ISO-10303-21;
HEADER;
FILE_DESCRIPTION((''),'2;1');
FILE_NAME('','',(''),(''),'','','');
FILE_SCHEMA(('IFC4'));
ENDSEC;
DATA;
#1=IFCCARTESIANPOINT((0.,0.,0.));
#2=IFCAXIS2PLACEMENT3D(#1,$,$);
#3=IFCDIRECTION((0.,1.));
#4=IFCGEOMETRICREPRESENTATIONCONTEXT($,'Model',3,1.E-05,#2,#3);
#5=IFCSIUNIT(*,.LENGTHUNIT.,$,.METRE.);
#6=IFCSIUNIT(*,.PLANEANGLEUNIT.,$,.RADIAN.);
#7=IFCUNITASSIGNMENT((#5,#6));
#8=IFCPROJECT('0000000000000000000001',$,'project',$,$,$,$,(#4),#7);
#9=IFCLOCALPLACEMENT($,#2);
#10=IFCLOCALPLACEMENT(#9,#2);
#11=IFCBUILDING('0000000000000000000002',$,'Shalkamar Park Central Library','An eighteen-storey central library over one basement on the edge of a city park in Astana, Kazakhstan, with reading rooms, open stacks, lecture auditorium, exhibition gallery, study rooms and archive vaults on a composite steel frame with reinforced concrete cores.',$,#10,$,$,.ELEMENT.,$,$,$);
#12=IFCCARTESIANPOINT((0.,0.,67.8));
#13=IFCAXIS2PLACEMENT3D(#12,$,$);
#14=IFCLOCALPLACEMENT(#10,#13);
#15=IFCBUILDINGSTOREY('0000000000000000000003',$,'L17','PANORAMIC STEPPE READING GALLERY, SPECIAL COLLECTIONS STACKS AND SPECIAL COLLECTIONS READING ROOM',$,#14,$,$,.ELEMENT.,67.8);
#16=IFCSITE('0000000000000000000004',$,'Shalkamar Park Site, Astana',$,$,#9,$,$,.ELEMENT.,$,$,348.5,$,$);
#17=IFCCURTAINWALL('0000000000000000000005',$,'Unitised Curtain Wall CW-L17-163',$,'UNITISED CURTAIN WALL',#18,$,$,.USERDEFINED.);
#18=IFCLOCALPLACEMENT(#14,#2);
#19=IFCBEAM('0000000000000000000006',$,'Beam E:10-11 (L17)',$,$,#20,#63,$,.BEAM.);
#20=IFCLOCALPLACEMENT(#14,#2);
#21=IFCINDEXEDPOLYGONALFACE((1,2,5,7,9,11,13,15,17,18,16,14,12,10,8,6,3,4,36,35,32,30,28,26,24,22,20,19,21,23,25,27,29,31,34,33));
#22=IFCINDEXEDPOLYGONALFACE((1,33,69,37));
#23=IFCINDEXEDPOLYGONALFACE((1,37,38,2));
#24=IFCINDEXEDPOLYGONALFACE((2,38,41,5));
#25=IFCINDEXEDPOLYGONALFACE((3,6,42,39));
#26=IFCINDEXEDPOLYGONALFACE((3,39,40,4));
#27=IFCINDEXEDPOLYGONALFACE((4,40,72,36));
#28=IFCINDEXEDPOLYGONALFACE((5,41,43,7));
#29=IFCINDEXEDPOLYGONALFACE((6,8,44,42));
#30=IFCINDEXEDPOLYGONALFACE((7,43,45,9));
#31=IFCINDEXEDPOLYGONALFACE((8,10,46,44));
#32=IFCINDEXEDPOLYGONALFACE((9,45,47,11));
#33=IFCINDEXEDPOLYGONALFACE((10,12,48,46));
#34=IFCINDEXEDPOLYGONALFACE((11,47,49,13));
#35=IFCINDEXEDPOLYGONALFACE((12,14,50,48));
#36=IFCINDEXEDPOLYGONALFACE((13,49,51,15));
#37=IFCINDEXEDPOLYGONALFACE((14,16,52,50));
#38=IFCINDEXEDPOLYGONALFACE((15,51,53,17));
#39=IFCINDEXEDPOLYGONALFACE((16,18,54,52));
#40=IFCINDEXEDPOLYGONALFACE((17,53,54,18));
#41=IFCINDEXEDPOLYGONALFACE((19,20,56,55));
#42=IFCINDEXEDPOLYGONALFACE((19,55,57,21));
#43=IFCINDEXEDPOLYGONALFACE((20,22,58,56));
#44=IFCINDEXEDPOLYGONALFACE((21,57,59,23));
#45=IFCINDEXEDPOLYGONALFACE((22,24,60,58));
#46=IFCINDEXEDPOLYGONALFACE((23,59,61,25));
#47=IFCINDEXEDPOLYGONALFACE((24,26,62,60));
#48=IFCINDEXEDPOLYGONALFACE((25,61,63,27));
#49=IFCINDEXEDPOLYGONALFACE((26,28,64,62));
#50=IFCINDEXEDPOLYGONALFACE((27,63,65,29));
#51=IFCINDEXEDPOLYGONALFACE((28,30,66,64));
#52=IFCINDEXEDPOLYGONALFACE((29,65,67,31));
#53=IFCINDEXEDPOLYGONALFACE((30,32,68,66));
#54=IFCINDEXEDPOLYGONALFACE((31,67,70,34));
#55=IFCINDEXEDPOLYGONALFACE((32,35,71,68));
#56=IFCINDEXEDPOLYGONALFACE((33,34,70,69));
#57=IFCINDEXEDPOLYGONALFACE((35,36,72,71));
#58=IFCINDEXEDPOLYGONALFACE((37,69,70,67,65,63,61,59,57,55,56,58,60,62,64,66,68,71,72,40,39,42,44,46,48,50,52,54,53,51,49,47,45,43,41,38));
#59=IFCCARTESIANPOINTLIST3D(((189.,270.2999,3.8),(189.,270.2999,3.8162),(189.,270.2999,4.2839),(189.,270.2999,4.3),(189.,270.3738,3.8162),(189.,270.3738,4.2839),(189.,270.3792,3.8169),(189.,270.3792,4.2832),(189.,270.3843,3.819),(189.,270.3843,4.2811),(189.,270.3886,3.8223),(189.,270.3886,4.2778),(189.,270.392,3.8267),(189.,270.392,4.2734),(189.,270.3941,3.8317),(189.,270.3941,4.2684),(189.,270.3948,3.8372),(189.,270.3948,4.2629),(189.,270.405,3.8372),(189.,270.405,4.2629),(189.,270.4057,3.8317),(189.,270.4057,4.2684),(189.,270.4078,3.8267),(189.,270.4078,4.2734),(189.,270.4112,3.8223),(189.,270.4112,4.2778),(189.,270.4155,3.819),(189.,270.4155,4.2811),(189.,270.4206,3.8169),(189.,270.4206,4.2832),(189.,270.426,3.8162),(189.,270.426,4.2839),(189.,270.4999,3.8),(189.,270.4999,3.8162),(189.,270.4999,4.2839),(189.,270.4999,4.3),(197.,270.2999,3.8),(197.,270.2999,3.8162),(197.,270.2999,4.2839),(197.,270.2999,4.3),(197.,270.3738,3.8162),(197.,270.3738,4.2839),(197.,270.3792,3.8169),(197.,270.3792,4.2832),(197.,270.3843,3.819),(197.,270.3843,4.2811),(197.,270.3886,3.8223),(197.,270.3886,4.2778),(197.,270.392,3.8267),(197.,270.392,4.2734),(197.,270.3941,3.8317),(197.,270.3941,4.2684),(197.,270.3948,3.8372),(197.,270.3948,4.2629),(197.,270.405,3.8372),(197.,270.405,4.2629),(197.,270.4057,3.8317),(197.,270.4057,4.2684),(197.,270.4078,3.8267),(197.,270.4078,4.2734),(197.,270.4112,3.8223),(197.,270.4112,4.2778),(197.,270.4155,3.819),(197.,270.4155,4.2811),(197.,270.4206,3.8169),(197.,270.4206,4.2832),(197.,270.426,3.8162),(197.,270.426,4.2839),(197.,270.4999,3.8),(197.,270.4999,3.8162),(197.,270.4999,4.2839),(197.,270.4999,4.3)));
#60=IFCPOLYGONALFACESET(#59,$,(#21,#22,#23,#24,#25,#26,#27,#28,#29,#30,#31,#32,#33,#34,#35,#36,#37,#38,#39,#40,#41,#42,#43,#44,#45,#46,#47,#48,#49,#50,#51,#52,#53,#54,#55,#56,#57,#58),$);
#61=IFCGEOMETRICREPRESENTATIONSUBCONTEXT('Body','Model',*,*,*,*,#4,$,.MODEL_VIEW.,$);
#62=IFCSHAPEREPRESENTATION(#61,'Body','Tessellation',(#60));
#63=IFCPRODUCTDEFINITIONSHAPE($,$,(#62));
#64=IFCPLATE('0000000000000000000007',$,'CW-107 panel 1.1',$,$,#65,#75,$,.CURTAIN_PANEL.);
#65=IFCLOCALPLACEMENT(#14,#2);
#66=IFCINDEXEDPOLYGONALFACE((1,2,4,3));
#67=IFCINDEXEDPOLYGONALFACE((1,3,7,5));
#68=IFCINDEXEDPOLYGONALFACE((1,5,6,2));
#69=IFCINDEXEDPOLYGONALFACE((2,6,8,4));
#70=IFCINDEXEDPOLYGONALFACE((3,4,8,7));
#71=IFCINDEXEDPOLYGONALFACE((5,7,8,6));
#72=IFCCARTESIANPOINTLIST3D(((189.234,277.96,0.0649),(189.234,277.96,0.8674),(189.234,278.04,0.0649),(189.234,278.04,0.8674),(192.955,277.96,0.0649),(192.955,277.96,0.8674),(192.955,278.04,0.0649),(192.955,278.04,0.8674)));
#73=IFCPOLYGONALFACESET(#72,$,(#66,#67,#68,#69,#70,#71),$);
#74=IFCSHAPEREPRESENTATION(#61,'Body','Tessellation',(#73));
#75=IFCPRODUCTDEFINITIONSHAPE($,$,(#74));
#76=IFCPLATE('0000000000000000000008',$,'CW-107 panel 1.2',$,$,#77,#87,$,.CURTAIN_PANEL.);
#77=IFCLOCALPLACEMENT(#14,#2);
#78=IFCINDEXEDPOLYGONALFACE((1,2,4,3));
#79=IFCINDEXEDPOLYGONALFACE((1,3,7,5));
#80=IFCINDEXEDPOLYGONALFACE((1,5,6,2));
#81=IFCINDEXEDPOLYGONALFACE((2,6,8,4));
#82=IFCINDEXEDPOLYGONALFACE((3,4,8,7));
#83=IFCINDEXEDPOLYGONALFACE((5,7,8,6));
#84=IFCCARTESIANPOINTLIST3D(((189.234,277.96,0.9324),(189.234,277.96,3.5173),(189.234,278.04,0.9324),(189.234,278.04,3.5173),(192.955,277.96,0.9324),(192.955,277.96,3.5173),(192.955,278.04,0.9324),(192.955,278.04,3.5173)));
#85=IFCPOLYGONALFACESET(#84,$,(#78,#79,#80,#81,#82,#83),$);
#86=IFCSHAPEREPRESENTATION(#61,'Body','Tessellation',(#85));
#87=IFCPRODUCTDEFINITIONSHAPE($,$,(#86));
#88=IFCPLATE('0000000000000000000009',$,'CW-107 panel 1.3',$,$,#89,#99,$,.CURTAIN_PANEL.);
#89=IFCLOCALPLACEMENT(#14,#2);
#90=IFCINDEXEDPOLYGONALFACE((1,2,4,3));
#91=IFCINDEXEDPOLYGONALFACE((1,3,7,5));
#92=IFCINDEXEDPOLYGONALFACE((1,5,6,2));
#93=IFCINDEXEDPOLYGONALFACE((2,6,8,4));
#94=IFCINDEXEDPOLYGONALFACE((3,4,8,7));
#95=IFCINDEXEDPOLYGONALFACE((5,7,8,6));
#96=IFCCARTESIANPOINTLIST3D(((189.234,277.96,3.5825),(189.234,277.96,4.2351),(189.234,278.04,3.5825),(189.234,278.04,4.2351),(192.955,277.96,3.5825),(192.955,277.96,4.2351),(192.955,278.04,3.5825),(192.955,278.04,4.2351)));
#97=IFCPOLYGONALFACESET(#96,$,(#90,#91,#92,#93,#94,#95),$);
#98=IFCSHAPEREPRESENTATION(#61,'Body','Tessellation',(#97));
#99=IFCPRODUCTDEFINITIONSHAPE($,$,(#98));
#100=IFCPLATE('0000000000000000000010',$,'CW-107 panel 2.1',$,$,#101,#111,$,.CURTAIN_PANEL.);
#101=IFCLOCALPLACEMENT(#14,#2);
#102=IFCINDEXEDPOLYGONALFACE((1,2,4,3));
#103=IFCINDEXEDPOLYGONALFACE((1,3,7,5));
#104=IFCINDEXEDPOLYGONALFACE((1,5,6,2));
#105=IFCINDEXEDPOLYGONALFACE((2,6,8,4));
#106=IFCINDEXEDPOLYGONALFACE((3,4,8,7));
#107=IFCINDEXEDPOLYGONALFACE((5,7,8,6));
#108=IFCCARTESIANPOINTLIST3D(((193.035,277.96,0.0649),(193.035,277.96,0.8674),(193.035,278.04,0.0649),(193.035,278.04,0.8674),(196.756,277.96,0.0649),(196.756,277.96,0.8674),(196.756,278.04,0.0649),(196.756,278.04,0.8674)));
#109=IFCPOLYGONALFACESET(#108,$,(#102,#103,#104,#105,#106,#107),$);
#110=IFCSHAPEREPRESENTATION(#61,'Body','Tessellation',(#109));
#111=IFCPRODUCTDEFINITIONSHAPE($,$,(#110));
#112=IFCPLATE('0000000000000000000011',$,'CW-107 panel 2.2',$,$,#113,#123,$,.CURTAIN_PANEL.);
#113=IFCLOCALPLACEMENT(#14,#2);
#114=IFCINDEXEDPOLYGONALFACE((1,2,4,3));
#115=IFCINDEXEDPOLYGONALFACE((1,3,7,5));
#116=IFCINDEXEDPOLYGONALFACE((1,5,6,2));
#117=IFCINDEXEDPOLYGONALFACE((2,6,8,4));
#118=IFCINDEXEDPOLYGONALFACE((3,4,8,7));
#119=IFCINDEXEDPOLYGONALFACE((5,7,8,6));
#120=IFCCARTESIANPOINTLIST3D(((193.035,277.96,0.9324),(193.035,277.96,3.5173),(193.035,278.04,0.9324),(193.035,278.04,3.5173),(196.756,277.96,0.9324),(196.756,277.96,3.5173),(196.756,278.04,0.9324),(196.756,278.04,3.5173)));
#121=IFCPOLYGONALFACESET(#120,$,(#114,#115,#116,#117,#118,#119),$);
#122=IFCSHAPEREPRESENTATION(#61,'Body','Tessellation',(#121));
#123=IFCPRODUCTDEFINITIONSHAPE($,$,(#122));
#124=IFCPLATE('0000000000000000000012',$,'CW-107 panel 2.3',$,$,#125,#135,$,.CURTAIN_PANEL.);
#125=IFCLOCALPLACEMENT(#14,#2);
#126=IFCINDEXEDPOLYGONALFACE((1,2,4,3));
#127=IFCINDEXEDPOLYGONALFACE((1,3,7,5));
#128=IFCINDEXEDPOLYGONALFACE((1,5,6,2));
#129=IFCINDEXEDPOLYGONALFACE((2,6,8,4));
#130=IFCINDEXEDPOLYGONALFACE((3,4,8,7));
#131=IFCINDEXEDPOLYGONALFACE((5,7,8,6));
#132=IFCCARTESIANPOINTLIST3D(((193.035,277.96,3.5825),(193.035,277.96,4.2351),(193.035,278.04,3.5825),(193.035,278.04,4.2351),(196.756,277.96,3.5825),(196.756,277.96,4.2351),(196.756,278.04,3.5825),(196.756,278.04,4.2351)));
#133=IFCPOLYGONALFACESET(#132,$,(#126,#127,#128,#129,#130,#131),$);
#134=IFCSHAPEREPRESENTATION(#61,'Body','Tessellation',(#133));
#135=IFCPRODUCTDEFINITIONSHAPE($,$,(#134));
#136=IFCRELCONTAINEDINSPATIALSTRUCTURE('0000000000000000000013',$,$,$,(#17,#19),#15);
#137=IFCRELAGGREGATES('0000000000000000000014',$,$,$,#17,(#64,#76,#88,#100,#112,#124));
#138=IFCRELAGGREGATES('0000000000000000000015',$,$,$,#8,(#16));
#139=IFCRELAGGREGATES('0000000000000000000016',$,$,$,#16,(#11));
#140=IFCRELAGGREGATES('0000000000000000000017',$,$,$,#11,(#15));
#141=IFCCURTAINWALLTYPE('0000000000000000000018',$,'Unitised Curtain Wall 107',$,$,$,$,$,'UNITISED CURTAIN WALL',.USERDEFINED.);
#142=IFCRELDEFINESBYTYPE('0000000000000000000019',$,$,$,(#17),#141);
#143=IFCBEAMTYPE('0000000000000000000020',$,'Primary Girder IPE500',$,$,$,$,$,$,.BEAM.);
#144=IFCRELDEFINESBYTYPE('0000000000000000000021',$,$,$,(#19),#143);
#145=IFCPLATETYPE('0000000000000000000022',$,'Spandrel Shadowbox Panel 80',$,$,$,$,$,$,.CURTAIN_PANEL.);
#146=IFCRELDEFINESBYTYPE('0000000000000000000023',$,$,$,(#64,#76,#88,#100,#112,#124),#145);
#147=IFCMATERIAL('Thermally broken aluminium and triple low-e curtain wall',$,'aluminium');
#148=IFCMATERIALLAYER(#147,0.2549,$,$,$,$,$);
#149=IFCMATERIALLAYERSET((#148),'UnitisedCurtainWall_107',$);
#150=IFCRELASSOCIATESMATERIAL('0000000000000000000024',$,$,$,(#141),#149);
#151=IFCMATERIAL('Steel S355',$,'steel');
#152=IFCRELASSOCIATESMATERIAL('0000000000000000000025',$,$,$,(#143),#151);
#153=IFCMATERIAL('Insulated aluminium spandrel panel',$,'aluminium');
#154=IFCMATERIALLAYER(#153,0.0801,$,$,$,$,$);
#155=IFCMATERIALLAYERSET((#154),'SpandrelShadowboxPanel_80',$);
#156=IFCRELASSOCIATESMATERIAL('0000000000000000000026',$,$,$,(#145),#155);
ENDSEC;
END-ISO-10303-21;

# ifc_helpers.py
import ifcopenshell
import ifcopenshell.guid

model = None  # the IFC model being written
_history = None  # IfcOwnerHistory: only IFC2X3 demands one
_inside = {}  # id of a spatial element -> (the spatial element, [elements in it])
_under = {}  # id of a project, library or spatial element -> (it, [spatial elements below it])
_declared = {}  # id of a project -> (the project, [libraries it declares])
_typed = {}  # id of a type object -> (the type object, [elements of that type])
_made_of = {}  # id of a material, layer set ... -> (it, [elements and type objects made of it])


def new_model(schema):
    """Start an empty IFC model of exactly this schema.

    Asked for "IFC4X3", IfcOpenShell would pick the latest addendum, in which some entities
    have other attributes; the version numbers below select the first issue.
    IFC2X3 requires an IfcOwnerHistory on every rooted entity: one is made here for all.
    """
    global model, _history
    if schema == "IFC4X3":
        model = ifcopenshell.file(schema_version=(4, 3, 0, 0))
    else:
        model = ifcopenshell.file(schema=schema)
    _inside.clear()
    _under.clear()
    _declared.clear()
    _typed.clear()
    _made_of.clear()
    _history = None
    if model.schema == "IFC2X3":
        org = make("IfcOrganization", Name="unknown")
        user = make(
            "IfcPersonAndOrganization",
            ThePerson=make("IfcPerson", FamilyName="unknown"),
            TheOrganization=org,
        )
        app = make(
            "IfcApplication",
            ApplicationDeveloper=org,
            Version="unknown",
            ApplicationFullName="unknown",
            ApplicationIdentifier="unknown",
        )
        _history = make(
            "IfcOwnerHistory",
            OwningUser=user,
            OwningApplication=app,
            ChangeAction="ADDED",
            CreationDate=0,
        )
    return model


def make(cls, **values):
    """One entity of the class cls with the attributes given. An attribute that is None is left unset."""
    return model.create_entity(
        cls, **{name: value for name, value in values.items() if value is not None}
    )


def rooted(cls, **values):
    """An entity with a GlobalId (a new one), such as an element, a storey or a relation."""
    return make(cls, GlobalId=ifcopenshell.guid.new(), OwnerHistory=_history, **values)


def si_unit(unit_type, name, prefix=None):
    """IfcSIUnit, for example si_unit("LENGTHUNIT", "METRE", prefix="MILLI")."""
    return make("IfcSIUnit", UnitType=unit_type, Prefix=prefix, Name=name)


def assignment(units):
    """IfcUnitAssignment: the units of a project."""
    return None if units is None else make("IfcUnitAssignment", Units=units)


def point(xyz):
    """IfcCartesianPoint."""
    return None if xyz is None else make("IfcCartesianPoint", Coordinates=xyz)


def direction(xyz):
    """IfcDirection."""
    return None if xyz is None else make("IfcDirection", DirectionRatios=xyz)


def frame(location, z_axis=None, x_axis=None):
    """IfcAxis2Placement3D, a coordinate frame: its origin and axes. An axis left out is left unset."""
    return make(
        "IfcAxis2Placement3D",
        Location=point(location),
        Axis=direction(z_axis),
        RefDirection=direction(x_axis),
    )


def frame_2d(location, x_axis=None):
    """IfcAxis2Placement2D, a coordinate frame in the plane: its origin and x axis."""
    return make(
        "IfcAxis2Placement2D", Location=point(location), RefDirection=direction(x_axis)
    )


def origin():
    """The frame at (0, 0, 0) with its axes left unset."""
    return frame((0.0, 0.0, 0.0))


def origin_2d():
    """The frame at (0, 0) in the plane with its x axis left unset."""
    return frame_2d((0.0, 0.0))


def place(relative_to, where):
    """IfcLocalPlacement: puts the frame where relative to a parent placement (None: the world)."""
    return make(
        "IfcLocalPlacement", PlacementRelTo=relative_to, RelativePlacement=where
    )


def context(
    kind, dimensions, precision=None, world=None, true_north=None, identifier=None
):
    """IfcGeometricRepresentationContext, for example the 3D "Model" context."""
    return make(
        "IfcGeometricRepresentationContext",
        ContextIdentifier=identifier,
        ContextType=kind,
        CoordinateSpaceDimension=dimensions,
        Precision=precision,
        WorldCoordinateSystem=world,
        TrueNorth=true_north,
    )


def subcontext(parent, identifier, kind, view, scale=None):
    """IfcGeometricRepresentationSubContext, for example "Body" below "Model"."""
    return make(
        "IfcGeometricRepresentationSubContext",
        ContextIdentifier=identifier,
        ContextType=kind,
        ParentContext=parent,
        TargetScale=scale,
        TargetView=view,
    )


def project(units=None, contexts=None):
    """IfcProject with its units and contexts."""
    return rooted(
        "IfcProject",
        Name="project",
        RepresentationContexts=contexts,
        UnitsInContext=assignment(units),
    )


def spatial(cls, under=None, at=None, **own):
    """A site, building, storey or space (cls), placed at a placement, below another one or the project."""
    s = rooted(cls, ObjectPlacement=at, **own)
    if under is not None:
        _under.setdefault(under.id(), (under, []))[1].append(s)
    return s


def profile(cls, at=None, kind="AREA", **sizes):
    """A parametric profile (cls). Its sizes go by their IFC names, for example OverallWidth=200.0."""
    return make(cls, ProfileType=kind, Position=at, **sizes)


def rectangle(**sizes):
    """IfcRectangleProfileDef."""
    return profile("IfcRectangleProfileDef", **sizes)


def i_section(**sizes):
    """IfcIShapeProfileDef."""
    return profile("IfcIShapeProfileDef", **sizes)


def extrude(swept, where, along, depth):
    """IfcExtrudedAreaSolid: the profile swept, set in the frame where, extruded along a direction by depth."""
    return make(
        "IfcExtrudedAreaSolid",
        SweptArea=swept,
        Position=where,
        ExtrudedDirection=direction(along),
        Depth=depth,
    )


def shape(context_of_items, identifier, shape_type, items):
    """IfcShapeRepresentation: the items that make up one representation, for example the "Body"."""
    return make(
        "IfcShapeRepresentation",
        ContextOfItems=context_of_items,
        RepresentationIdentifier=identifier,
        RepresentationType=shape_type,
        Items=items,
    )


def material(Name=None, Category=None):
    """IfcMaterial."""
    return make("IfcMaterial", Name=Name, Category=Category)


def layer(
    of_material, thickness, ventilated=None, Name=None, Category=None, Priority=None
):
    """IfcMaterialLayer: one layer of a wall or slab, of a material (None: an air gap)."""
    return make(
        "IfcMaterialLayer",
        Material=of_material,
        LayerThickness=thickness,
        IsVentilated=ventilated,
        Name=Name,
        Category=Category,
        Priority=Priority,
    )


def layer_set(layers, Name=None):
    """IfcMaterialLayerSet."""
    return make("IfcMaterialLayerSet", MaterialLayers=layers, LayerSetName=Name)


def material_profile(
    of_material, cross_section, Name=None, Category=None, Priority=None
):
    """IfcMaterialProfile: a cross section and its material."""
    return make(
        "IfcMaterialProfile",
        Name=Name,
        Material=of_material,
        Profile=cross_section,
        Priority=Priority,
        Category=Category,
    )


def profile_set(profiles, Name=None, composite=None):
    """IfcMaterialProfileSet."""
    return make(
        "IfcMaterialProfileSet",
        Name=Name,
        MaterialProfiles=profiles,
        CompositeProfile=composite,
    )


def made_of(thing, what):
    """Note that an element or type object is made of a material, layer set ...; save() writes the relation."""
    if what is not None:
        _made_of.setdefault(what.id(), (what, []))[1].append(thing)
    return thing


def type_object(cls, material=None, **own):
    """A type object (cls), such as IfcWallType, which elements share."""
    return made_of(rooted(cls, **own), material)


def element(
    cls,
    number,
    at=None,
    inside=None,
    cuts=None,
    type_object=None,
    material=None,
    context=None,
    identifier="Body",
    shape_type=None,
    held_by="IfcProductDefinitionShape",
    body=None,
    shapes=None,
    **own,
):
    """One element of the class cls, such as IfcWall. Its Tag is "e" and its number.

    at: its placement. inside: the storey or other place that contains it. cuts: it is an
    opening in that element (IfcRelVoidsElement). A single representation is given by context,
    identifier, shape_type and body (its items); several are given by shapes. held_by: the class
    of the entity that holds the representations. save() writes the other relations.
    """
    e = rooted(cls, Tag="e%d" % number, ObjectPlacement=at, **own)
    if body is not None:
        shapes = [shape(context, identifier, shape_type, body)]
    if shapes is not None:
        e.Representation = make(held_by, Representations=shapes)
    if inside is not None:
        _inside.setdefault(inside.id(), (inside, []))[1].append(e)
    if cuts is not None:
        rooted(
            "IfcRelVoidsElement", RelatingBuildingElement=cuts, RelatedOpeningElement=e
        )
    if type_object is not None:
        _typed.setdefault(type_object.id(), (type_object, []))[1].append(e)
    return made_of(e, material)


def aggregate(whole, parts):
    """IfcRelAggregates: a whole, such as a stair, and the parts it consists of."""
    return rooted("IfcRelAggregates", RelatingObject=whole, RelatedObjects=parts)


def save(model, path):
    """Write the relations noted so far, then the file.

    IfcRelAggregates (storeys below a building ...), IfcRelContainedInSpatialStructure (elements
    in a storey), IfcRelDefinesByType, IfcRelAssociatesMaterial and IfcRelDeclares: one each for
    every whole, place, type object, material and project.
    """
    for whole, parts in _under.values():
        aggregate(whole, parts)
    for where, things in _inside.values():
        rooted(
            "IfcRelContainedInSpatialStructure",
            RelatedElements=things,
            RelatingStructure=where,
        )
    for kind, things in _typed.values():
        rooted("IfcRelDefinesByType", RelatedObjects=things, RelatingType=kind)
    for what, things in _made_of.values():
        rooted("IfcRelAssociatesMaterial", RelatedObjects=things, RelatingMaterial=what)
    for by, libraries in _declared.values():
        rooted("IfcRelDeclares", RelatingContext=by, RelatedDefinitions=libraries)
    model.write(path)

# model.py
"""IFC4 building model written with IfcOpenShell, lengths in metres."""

from ifc_helpers import new_model, si_unit, direction, frame, origin, origin_2d, place, context, subcontext, project, spatial, rectangle, i_section, extrude, material, layer, layer_set, material_profile, profile_set, type_object, element, aggregate, save


model = new_model("IFC4")

# Units and contexts
model_context = context("Model", 3, precision=1e-05, world=origin(), true_north=direction((0.0, 1.0)))
body_context = subcontext(model_context, "Body", "Model", "MODEL_VIEW")
ifc_project = project(units=[si_unit("LENGTHUNIT", "METRE"), si_unit("PLANEANGLEUNIT", "RADIAN")], contexts=[model_context])

# Site, building, storey
site_placement = place(None, origin())
site = spatial("IfcSite", under=ifc_project, at=site_placement, Name="Shalkamar Park Site, Astana", CompositionType="ELEMENT", RefElevation=348.5)
building_placement = place(site_placement, origin())
building = spatial("IfcBuilding", under=site, at=building_placement, Name="Shalkamar Park Central Library", Description="An eighteen-storey central library over one basement on the edge of a city park in Astana, Kazakhstan, with reading rooms, open stacks, lecture auditorium, exhibition gallery, study rooms and archive vaults on a composite steel frame with reinforced concrete cores.", CompositionType="ELEMENT")
storey_placement = place(building_placement, frame((0.0, 0.0, 67.8)))
storey = spatial("IfcBuildingStorey", under=building, at=storey_placement, Name="L17", Description="PANORAMIC STEPPE READING GALLERY, SPECIAL COLLECTIONS STACKS AND SPECIAL COLLECTIONS READING ROOM", CompositionType="ELEMENT", Elevation=67.8)

# Shared definitions
ifc_material_1 = material(Name="Steel S355", Category="steel")

# Curtain wall
ifc_material_2 = material(Name="Thermally broken aluminium and triple low-e curtain wall", Category="aluminium")
ifc_layer_1 = layer(ifc_material_2, 0.2549)
ifc_layer_set_1 = layer_set([ifc_layer_1], Name="UnitisedCurtainWall_107")
curtain_wall_type = type_object("IfcCurtainWallType", Name="Unitised Curtain Wall 107", ElementType="UNITISED CURTAIN WALL", PredefinedType="USERDEFINED", material=ifc_layer_set_1)
curtain_wall_placement = place(storey_placement, origin())
curtain_wall = element("IfcCurtainWall", 1, at=curtain_wall_placement, inside=storey, type_object=curtain_wall_type, Name="Unitised Curtain Wall CW-L17-163", ObjectType="UNITISED CURTAIN WALL", PredefinedType="USERDEFINED")

# Beam
ifc_material_profile_1 = material_profile(ifc_material_1, i_section(OverallWidth=0.2, OverallDepth=0.5, WebThickness=0.0103, FlangeThickness=0.0161, FilletRadius=0.021, at=origin_2d()), Name="IPE 500")
ifc_profile_set_1 = profile_set([ifc_material_profile_1], Name="Steel S355")
beam_type_1 = type_object("IfcBeamType", Name="Primary Girder IPE500", PredefinedType="BEAM", material=ifc_profile_set_1)
beam_1_placement = place(storey_placement, frame((189.0, 270.3999, 4.05), z_axis=(1.0, 0.0, 0.0), x_axis=(0.0, 1.0, 0.0)))
element("IfcBeam", 2, at=beam_1_placement, inside=storey, type_object=beam_type_1, Name="Beam E:10-11 (L17)", PredefinedType="BEAM", context=body_context, shape_type="SweptSolid", body=[
    extrude(i_section(OverallWidth=0.2, OverallDepth=0.5, WebThickness=0.0103, FlangeThickness=0.0161, FilletRadius=0.021, at=origin_2d()), origin(), (0.0, 0.0, 1.0), 8.0),
])

# Plates
ifc_material_3 = material(Name="Insulated aluminium spandrel panel", Category="aluminium")
ifc_layer_2 = layer(ifc_material_3, 0.0801)
ifc_layer_set_2 = layer_set([ifc_layer_2], Name="SpandrelShadowboxPanel_80")
plate_type = type_object("IfcPlateType", Name="Spandrel Shadowbox Panel 80", PredefinedType="CURTAIN_PANEL", material=ifc_layer_set_2)
plate_1_placement = place(storey_placement, frame((191.0945, 278.0, 0.0649), z_axis=(0.0, 0.0, 1.0), x_axis=(1.0, 0.0, 0.0)))
plate_1 = element("IfcPlate", 3, at=plate_1_placement, type_object=plate_type, Name="CW-107 panel 1.1", PredefinedType="CURTAIN_PANEL", context=body_context, shape_type="SweptSolid", body=[
    extrude(rectangle(XDim=3.7209, YDim=0.0801, at=origin_2d()), origin(), (0.0, 0.0, 1.0), 0.8025),
])
plate_2_placement = place(storey_placement, frame((191.0945, 278.0, 0.9324), z_axis=(0.0, 0.0, 1.0), x_axis=(1.0, 0.0, 0.0)))
plate_2 = element("IfcPlate", 4, at=plate_2_placement, type_object=plate_type, Name="CW-107 panel 1.2", PredefinedType="CURTAIN_PANEL", context=body_context, shape_type="SweptSolid", body=[
    extrude(rectangle(XDim=3.7209, YDim=0.0801, at=origin_2d()), origin(), (0.0, 0.0, 1.0), 2.585),
])
plate_3_placement = place(storey_placement, frame((191.0945, 278.0, 3.5825), z_axis=(0.0, 0.0, 1.0), x_axis=(1.0, 0.0, 0.0)))
plate_3 = element("IfcPlate", 5, at=plate_3_placement, type_object=plate_type, Name="CW-107 panel 1.3", PredefinedType="CURTAIN_PANEL", context=body_context, shape_type="SweptSolid", body=[
    extrude(rectangle(XDim=3.7209, YDim=0.0801, at=origin_2d()), origin(), (0.0, 0.0, 1.0), 0.6526),
])
plate_4_placement = place(storey_placement, frame((194.8955, 278.0, 0.0649), z_axis=(0.0, 0.0, 1.0), x_axis=(1.0, 0.0, 0.0)))
plate_4 = element("IfcPlate", 6, at=plate_4_placement, type_object=plate_type, Name="CW-107 panel 2.1", PredefinedType="CURTAIN_PANEL", context=body_context, shape_type="SweptSolid", body=[
    extrude(rectangle(XDim=3.7209, YDim=0.0801, at=origin_2d()), origin(), (0.0, 0.0, 1.0), 0.8025),
])
plate_5_placement = place(storey_placement, frame((194.8955, 278.0, 0.9324), z_axis=(0.0, 0.0, 1.0), x_axis=(1.0, 0.0, 0.0)))
plate_5 = element("IfcPlate", 7, at=plate_5_placement, type_object=plate_type, Name="CW-107 panel 2.2", PredefinedType="CURTAIN_PANEL", context=body_context, shape_type="SweptSolid", body=[
    extrude(rectangle(XDim=3.7209, YDim=0.0801, at=origin_2d()), origin(), (0.0, 0.0, 1.0), 2.585),
])
plate_6_placement = place(storey_placement, frame((194.8955, 278.0, 3.5825), z_axis=(0.0, 0.0, 1.0), x_axis=(1.0, 0.0, 0.0)))
plate_6 = element("IfcPlate", 8, at=plate_6_placement, type_object=plate_type, Name="CW-107 panel 2.3", PredefinedType="CURTAIN_PANEL", context=body_context, shape_type="SweptSolid", body=[
    extrude(rectangle(XDim=3.7209, YDim=0.0801, at=origin_2d()), origin(), (0.0, 0.0, 1.0), 0.6526),
])
aggregate(curtain_wall, [plate_1, plate_2, plate_3, plate_4, plate_5, plate_6])

save(model, "model.ifc")
